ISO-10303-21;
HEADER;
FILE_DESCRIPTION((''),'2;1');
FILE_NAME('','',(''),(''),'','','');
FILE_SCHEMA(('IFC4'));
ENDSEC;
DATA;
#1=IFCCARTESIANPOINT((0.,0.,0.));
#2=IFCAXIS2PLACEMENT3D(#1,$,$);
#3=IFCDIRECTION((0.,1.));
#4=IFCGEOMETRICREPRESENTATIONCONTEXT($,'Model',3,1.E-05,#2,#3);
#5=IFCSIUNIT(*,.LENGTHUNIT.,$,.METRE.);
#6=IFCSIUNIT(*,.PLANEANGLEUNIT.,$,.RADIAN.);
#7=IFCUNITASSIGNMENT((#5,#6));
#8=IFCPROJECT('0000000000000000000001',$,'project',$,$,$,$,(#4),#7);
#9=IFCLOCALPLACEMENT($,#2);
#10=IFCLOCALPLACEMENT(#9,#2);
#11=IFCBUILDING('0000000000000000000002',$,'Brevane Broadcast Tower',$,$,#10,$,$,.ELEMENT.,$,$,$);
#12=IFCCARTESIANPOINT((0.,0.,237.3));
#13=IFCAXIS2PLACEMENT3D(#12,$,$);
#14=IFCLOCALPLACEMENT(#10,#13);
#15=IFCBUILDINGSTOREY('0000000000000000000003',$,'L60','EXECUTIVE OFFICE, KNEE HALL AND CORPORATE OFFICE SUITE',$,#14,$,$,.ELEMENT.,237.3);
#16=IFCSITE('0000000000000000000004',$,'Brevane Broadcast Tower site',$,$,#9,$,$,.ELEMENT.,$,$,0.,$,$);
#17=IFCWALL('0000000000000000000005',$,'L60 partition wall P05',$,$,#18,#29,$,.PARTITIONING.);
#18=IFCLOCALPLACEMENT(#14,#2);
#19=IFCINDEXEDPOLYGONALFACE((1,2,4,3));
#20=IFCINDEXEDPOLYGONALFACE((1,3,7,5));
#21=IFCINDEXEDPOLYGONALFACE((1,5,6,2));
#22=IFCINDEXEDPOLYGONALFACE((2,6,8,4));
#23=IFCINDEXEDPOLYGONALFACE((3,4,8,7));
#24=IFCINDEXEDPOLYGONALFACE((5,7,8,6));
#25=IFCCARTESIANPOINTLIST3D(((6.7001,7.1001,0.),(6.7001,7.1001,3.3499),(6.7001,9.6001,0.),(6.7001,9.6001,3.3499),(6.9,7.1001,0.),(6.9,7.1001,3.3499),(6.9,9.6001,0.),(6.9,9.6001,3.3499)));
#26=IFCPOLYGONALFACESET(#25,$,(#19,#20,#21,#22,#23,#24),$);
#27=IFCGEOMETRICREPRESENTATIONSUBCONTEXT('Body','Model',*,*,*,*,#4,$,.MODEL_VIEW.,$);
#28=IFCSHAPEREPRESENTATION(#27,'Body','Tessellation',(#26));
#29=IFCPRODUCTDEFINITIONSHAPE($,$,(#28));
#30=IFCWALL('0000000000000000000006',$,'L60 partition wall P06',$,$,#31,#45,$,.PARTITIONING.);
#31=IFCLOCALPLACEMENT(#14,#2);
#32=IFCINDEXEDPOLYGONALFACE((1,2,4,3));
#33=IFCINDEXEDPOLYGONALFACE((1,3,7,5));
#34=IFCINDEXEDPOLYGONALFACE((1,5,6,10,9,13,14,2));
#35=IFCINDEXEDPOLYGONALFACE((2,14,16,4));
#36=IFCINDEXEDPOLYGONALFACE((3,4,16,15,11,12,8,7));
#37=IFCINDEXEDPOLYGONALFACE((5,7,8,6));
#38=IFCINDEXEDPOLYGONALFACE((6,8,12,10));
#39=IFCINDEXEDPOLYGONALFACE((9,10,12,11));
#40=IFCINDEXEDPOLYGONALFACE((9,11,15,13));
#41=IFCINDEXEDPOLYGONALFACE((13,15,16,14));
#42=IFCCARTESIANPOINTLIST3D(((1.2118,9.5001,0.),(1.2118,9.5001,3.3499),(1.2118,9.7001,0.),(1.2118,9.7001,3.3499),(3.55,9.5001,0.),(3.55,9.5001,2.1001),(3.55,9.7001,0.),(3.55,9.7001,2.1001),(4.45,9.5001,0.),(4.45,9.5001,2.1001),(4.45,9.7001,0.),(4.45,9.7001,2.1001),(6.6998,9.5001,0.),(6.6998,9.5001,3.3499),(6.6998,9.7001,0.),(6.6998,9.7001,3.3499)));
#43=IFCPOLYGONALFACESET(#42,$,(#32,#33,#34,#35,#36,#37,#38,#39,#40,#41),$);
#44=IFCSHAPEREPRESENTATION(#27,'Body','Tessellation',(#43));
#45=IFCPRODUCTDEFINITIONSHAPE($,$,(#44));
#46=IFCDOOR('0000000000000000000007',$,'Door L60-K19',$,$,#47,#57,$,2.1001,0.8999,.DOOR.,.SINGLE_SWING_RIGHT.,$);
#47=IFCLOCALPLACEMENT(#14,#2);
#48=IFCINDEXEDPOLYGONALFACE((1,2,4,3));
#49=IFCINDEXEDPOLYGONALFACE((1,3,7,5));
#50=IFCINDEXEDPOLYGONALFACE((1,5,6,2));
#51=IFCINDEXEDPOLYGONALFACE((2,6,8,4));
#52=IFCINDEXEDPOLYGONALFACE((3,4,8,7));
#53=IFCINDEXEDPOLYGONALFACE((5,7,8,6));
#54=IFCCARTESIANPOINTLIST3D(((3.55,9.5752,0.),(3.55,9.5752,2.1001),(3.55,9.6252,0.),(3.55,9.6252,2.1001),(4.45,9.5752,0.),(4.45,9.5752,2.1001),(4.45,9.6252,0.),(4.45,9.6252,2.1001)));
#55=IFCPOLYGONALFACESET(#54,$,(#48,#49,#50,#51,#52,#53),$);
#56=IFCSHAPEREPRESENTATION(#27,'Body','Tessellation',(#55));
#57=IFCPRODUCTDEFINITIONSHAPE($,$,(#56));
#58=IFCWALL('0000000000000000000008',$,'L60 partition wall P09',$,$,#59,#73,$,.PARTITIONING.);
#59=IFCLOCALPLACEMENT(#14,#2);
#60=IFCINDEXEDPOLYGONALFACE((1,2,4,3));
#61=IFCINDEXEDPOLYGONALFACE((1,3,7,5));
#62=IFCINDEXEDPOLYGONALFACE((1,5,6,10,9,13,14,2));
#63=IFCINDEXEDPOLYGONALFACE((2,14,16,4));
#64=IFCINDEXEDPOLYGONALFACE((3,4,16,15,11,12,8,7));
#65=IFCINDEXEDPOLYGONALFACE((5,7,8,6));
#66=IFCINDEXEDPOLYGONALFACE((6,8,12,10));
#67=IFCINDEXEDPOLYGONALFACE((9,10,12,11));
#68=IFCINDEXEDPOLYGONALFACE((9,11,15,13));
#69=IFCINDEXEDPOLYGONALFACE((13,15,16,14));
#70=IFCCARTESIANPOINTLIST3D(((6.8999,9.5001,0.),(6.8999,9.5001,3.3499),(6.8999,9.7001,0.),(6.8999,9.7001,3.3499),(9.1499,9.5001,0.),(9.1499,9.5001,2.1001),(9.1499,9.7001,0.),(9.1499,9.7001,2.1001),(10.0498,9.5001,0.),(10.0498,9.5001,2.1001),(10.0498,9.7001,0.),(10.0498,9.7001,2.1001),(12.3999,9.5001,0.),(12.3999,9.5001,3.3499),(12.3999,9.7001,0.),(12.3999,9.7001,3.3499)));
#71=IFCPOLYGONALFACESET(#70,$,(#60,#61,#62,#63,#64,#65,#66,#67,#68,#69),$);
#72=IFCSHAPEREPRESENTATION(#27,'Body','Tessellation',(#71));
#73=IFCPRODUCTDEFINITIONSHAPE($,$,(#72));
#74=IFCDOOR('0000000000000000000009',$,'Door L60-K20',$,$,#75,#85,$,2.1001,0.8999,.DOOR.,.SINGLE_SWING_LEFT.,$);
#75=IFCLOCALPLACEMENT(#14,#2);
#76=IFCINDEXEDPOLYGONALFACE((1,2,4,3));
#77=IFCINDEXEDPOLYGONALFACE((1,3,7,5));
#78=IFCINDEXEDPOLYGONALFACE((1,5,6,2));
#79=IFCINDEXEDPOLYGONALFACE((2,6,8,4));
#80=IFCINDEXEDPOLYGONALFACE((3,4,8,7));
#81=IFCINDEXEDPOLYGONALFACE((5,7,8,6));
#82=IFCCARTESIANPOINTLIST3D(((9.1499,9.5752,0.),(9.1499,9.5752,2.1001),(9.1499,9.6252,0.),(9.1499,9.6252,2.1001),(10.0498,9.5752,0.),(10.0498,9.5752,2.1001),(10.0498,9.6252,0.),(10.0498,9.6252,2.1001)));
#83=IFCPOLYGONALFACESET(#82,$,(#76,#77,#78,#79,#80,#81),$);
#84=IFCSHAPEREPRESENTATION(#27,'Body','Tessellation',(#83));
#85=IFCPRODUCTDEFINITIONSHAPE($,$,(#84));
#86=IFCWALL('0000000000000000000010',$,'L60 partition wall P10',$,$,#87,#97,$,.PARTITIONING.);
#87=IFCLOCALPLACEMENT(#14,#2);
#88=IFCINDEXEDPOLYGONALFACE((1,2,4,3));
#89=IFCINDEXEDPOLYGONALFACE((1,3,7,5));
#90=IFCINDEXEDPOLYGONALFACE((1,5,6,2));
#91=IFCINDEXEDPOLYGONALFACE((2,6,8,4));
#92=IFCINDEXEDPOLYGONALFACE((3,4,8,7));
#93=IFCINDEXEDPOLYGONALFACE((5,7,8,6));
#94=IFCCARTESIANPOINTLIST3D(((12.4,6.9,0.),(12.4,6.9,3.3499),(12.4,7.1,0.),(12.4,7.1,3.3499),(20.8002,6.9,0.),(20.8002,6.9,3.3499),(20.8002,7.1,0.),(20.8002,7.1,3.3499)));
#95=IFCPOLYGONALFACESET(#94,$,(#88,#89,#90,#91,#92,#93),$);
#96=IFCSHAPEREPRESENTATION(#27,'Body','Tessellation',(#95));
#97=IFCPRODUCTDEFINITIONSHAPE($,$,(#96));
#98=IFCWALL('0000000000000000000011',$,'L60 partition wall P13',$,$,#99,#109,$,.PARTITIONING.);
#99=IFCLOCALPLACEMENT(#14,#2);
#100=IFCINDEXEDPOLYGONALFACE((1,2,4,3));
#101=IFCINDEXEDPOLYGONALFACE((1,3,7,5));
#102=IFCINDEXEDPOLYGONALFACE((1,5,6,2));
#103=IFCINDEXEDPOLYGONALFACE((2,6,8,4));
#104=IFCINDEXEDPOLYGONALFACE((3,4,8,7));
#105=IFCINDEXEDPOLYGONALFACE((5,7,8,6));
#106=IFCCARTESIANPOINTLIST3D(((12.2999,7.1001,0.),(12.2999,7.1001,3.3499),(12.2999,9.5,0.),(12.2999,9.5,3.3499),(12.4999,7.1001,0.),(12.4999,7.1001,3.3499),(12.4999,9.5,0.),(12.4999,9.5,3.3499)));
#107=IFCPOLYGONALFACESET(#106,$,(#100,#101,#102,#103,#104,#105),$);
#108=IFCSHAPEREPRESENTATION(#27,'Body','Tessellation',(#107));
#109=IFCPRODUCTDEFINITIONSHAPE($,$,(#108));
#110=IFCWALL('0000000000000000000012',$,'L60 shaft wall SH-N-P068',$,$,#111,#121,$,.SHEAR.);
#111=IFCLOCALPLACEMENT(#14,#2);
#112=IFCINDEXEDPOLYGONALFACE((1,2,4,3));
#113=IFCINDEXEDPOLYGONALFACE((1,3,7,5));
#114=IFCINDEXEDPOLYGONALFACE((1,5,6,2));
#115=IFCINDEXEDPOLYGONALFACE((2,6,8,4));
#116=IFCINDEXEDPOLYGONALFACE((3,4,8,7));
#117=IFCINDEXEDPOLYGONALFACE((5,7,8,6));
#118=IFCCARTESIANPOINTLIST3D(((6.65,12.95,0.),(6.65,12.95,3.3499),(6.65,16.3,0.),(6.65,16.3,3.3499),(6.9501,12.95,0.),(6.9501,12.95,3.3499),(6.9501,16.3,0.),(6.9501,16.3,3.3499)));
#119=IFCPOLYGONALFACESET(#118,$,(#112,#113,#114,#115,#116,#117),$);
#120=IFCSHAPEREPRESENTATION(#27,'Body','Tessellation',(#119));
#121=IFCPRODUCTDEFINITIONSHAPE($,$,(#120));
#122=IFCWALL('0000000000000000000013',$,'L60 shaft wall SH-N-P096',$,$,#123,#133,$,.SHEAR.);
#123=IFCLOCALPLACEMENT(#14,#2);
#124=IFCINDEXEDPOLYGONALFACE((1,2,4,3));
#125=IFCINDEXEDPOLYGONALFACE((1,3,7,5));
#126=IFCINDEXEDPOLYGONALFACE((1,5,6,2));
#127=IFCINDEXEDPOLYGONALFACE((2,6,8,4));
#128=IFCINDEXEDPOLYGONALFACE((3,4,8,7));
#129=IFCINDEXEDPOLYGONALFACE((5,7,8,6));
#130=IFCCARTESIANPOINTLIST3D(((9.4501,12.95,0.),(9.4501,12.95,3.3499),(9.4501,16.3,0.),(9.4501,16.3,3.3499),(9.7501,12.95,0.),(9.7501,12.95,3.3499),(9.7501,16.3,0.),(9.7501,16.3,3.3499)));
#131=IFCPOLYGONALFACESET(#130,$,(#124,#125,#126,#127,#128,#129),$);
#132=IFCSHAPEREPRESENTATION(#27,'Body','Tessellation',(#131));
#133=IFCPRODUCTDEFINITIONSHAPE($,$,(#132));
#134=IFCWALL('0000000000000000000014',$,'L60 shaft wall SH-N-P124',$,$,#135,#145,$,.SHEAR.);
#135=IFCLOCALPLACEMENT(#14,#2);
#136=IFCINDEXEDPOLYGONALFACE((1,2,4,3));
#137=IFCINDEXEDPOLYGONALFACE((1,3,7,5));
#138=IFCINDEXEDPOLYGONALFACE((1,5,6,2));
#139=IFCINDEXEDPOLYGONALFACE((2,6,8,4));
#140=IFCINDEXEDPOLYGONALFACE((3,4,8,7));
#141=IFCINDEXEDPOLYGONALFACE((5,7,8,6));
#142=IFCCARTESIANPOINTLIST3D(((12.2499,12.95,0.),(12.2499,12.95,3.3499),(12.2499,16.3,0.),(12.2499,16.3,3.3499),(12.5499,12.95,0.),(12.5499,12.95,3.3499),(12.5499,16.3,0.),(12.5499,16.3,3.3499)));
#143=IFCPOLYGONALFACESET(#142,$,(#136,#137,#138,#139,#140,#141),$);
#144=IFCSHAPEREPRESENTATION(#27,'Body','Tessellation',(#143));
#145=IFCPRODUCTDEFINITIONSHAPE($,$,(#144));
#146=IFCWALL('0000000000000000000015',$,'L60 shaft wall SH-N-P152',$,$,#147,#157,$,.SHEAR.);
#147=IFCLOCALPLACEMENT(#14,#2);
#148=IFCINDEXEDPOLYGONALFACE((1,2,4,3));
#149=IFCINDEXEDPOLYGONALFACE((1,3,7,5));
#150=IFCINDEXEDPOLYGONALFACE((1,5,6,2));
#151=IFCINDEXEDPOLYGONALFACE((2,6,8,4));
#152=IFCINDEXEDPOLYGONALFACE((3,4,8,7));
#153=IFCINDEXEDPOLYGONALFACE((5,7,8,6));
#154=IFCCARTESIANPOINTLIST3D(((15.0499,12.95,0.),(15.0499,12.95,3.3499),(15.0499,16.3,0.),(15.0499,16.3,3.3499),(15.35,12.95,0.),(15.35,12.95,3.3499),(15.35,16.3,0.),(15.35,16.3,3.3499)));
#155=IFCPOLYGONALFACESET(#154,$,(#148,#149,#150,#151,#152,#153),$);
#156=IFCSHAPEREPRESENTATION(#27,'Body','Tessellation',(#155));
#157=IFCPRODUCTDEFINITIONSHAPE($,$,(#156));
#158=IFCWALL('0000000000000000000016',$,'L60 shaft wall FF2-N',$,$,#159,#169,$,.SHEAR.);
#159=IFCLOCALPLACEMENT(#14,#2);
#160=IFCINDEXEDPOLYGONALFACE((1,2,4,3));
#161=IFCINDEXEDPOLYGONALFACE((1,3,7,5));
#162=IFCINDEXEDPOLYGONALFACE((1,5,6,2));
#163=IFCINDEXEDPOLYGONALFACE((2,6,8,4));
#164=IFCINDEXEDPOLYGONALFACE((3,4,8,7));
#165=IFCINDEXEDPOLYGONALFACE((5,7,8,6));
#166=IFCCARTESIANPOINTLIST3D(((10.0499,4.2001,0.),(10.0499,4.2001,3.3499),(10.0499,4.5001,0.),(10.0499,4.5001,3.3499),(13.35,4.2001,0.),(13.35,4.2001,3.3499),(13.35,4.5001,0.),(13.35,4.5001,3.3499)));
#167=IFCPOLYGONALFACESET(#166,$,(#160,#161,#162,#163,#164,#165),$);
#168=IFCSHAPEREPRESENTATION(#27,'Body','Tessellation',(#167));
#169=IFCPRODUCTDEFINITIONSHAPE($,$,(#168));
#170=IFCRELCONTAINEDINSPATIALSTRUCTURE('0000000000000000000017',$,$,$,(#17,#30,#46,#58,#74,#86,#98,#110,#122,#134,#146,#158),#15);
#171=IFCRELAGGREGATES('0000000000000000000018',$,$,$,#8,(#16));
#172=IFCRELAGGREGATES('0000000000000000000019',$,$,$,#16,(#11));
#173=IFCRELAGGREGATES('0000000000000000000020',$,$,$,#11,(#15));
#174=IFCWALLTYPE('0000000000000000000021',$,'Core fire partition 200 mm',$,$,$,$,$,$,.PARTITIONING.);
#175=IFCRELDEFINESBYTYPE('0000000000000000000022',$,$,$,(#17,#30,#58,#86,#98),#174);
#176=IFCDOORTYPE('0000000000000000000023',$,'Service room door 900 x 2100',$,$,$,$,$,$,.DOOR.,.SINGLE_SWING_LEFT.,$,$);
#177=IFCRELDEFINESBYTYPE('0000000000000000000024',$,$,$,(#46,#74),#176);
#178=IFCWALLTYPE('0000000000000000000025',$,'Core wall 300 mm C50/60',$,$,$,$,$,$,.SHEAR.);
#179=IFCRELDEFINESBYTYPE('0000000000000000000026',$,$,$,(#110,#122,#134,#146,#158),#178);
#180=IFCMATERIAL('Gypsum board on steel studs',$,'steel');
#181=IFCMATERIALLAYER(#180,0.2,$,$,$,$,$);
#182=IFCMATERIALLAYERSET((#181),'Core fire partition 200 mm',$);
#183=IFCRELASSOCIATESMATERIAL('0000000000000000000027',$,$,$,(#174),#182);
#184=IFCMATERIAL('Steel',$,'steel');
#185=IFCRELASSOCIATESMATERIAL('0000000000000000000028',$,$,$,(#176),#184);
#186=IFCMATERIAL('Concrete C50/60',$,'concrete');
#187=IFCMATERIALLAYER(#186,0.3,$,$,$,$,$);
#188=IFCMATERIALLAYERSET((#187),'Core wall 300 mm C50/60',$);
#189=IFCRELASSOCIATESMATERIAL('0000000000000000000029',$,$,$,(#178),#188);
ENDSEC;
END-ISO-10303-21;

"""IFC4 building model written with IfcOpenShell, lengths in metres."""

from ifc_helpers import new_model, si_unit, direction, frame, frame_2d, origin, place, context, subcontext, project, spatial, rectangle, extrude, material, layer, layer_set, type_object, element, fill, save


model = new_model("IFC4")

# Units and contexts
model_context = context("Model", 3, precision=1e-05, world=origin(), true_north=direction((0.0, 1.0)))
body_context = subcontext(model_context, "Body", "Model", "MODEL_VIEW")
ifc_project = project(units=[si_unit("LENGTHUNIT", "METRE"), si_unit("PLANEANGLEUNIT", "RADIAN")], contexts=[model_context])

# Site, building, storey
site_placement = place(None, origin())
site = spatial("IfcSite", under=ifc_project, at=site_placement, Name="Brevane Broadcast Tower site", CompositionType="ELEMENT", RefElevation=0.0)
building_placement = place(site_placement, origin())
building = spatial("IfcBuilding", under=site, at=building_placement, Name="Brevane Broadcast Tower", CompositionType="ELEMENT")
storey_placement = place(building_placement, frame((0.0, 0.0, 237.3)))
storey = spatial("IfcBuildingStorey", under=building, at=storey_placement, Name="L60", Description="EXECUTIVE OFFICE, KNEE HALL AND CORPORATE OFFICE SUITE", CompositionType="ELEMENT", Elevation=237.3)

# Shared definitions
ifc_material_1 = material(Name="Gypsum board on steel studs", Category="steel")
ifc_material_2 = material(Name="Steel", Category="steel")

# Shared definitions
ifc_layer_1 = layer(ifc_material_1, 0.2)
ifc_layer_set_1 = layer_set([ifc_layer_1], Name="Core fire partition 200 mm")
wall_type_1 = type_object("IfcWallType", Name="Core fire partition 200 mm", PredefinedType="PARTITIONING", material=ifc_layer_set_1)

# Wall
wall_1_placement = place(storey_placement, frame((6.8, 9.6001, 0.0), z_axis=(0.0, 0.0, 1.0), x_axis=(0.0, -1.0, 0.0)))
element("IfcWall", 1, at=wall_1_placement, inside=storey, type_object=wall_type_1, Name="L60 partition wall P05", PredefinedType="PARTITIONING", context=body_context, shape_type="SweptSolid", body=[
    extrude(rectangle(XDim=2.5, YDim=0.2, at=frame_2d((1.25, 0.0))), origin(), (0.0, 0.0, 1.0), 3.3499),
])

# Walls, openings, doors
wall_2_placement = place(storey_placement, frame((6.7, 9.6001, 0.0), z_axis=(0.0, 0.0, 1.0), x_axis=(-1.0, 0.0, 0.0)))
wall_2 = element("IfcWall", 2, at=wall_2_placement, inside=storey, type_object=wall_type_1, Name="L60 partition wall P06", PredefinedType="PARTITIONING", context=body_context, shape_type="SweptSolid", body=[
    extrude(rectangle(XDim=5.488, YDim=0.2, at=frame_2d((2.7441, 0.0))), origin(), (0.0, 0.0, 1.0), 3.3499),
])
opening_1_placement = place(wall_2_placement, frame((2.25, 0.0, 0.0)))
opening_1 = element("IfcOpeningElement", 3, at=opening_1_placement, cuts=wall_2, PredefinedType="OPENING", context=body_context, shape_type="SweptSolid", body=[
    extrude(rectangle(XDim=0.8999, YDim=2.1001, at=frame_2d((0.45, 1.05))), frame((0.0, 0.1099, 0.0), z_axis=(0.0, -1.0, 0.0), x_axis=(1.0, 0.0, 0.0)), (0.0, 0.0, 1.0), 0.22),
])
door_type_1 = type_object("IfcDoorType", Name="Service room door 900 x 2100", OperationType="SINGLE_SWING_LEFT", PredefinedType="DOOR", material=ifc_material_2)
door_1_placement = place(opening_1_placement, origin())
door_1 = element("IfcDoor", 4, at=door_1_placement, inside=storey, type_object=door_type_1, Name="Door L60-K19", OperationType="SINGLE_SWING_RIGHT", OverallHeight=2.1001, OverallWidth=0.8999, PredefinedType="DOOR", context=body_context, shape_type="SweptSolid", body=[
    extrude(rectangle(XDim=0.8999, YDim=2.1001, at=frame_2d((0.45, 1.05))), frame((0.0, 0.0249, 0.0), z_axis=(0.0, -1.0, 0.0), x_axis=(1.0, 0.0, 0.0)), (0.0, 0.0, 1.0), 0.05),
])
fill(opening_1, door_1)
wall_3_placement = place(storey_placement, frame((12.3999, 9.6001, 0.0), z_axis=(0.0, 0.0, 1.0), x_axis=(-1.0, 0.0, 0.0)))
wall_3 = element("IfcWall", 5, at=wall_3_placement, inside=storey, type_object=wall_type_1, Name="L60 partition wall P09", PredefinedType="PARTITIONING", context=body_context, shape_type="SweptSolid", body=[
    extrude(rectangle(XDim=5.5, YDim=0.2, at=frame_2d((2.75, 0.0))), origin(), (0.0, 0.0, 1.0), 3.3499),
])
opening_2_placement = place(wall_3_placement, frame((2.3501, 0.0, 0.0)))
opening_2 = element("IfcOpeningElement", 6, at=opening_2_placement, cuts=wall_3, PredefinedType="OPENING", context=body_context, shape_type="SweptSolid", body=[
    extrude(rectangle(XDim=0.8999, YDim=2.1001, at=frame_2d((0.45, 1.05))), frame((0.0, 0.1099, 0.0), z_axis=(0.0, -1.0, 0.0), x_axis=(1.0, 0.0, 0.0)), (0.0, 0.0, 1.0), 0.22),
])
door_2_placement = place(opening_2_placement, origin())
door_2 = element("IfcDoor", 7, at=door_2_placement, inside=storey, type_object=door_type_1, Name="Door L60-K20", OperationType="SINGLE_SWING_LEFT", OverallHeight=2.1001, OverallWidth=0.8999, PredefinedType="DOOR", context=body_context, shape_type="SweptSolid", body=[
    extrude(rectangle(XDim=0.8999, YDim=2.1001, at=frame_2d((0.45, 1.05))), frame((0.0, 0.0249, 0.0), z_axis=(0.0, -1.0, 0.0), x_axis=(1.0, 0.0, 0.0)), (0.0, 0.0, 1.0), 0.05),
])
fill(opening_2, door_2)

# Walls
wall_4_placement = place(storey_placement, frame((12.3999, 7.0, 0.0), z_axis=(0.0, 0.0, 1.0), x_axis=(1.0, 0.0, 0.0)))
element("IfcWall", 8, at=wall_4_placement, inside=storey, type_object=wall_type_1, Name="L60 partition wall P10", PredefinedType="PARTITIONING", context=body_context, shape_type="SweptSolid", body=[
    extrude(rectangle(XDim=8.4001, YDim=0.2, at=frame_2d((4.2002, 0.0))), origin(), (0.0, 0.0, 1.0), 3.3499),
])
wall_5_placement = place(storey_placement, frame((12.3999, 9.5, 0.0), z_axis=(0.0, 0.0, 1.0), x_axis=(0.0, -1.0, 0.0)))
element("IfcWall", 9, at=wall_5_placement, inside=storey, type_object=wall_type_1, Name="L60 partition wall P13", PredefinedType="PARTITIONING", context=body_context, shape_type="SweptSolid", body=[
    extrude(rectangle(XDim=2.3999, YDim=0.2, at=frame_2d((1.2, 0.0))), origin(), (0.0, 0.0, 1.0), 3.3499),
])
ifc_material_3 = material(Name="Concrete C50/60", Category="concrete")
ifc_layer_2 = layer(ifc_material_3, 0.3)
ifc_layer_set_2 = layer_set([ifc_layer_2], Name="Core wall 300 mm C50/60")
wall_type_2 = type_object("IfcWallType", Name="Core wall 300 mm C50/60", PredefinedType="SHEAR", material=ifc_layer_set_2)
for number, where, z_axis, x_axis, name in (
    (10, (6.8, 12.95, 0.0), (0.0, 0.0, 1.0), (0.0, 1.0, 0.0), "L60 shaft wall SH-N-P068"),
    (11, (9.6001, 12.95, 0.0), (0.0, 0.0, 1.0), (0.0, 1.0, 0.0), "L60 shaft wall SH-N-P096"),
    (12, (12.3999, 12.95, 0.0), (0.0, 0.0, 1.0), (0.0, 1.0, 0.0), "L60 shaft wall SH-N-P124"),
    (13, (15.2, 12.95, 0.0), (0.0, 0.0, 1.0), (0.0, 1.0, 0.0), "L60 shaft wall SH-N-P152"),
):
    element("IfcWall", number, at=place(storey_placement, frame(where, z_axis=z_axis, x_axis=x_axis)), inside=storey, type_object=wall_type_2, Name=name, PredefinedType="SHEAR", context=body_context, shape_type="SweptSolid", body=[
        extrude(rectangle(XDim=3.3501, YDim=0.3, at=frame_2d((1.675, 0.0))), origin(), (0.0, 0.0, 1.0), 3.3499),
    ])
wall_6_placement = place(storey_placement, frame((10.05, 4.3501, 0.0), z_axis=(0.0, 0.0, 1.0), x_axis=(1.0, 0.0, 0.0)))
element("IfcWall", 14, at=wall_6_placement, inside=storey, type_object=wall_type_2, Name="L60 shaft wall FF2-N", PredefinedType="SHEAR", context=body_context, shape_type="SweptSolid", body=[
    extrude(rectangle(XDim=3.3, YDim=0.3, at=frame_2d((1.6499, 0.0))), origin(), (0.0, 0.0, 1.0), 3.3499),
])

save(model, "model.ifc")
